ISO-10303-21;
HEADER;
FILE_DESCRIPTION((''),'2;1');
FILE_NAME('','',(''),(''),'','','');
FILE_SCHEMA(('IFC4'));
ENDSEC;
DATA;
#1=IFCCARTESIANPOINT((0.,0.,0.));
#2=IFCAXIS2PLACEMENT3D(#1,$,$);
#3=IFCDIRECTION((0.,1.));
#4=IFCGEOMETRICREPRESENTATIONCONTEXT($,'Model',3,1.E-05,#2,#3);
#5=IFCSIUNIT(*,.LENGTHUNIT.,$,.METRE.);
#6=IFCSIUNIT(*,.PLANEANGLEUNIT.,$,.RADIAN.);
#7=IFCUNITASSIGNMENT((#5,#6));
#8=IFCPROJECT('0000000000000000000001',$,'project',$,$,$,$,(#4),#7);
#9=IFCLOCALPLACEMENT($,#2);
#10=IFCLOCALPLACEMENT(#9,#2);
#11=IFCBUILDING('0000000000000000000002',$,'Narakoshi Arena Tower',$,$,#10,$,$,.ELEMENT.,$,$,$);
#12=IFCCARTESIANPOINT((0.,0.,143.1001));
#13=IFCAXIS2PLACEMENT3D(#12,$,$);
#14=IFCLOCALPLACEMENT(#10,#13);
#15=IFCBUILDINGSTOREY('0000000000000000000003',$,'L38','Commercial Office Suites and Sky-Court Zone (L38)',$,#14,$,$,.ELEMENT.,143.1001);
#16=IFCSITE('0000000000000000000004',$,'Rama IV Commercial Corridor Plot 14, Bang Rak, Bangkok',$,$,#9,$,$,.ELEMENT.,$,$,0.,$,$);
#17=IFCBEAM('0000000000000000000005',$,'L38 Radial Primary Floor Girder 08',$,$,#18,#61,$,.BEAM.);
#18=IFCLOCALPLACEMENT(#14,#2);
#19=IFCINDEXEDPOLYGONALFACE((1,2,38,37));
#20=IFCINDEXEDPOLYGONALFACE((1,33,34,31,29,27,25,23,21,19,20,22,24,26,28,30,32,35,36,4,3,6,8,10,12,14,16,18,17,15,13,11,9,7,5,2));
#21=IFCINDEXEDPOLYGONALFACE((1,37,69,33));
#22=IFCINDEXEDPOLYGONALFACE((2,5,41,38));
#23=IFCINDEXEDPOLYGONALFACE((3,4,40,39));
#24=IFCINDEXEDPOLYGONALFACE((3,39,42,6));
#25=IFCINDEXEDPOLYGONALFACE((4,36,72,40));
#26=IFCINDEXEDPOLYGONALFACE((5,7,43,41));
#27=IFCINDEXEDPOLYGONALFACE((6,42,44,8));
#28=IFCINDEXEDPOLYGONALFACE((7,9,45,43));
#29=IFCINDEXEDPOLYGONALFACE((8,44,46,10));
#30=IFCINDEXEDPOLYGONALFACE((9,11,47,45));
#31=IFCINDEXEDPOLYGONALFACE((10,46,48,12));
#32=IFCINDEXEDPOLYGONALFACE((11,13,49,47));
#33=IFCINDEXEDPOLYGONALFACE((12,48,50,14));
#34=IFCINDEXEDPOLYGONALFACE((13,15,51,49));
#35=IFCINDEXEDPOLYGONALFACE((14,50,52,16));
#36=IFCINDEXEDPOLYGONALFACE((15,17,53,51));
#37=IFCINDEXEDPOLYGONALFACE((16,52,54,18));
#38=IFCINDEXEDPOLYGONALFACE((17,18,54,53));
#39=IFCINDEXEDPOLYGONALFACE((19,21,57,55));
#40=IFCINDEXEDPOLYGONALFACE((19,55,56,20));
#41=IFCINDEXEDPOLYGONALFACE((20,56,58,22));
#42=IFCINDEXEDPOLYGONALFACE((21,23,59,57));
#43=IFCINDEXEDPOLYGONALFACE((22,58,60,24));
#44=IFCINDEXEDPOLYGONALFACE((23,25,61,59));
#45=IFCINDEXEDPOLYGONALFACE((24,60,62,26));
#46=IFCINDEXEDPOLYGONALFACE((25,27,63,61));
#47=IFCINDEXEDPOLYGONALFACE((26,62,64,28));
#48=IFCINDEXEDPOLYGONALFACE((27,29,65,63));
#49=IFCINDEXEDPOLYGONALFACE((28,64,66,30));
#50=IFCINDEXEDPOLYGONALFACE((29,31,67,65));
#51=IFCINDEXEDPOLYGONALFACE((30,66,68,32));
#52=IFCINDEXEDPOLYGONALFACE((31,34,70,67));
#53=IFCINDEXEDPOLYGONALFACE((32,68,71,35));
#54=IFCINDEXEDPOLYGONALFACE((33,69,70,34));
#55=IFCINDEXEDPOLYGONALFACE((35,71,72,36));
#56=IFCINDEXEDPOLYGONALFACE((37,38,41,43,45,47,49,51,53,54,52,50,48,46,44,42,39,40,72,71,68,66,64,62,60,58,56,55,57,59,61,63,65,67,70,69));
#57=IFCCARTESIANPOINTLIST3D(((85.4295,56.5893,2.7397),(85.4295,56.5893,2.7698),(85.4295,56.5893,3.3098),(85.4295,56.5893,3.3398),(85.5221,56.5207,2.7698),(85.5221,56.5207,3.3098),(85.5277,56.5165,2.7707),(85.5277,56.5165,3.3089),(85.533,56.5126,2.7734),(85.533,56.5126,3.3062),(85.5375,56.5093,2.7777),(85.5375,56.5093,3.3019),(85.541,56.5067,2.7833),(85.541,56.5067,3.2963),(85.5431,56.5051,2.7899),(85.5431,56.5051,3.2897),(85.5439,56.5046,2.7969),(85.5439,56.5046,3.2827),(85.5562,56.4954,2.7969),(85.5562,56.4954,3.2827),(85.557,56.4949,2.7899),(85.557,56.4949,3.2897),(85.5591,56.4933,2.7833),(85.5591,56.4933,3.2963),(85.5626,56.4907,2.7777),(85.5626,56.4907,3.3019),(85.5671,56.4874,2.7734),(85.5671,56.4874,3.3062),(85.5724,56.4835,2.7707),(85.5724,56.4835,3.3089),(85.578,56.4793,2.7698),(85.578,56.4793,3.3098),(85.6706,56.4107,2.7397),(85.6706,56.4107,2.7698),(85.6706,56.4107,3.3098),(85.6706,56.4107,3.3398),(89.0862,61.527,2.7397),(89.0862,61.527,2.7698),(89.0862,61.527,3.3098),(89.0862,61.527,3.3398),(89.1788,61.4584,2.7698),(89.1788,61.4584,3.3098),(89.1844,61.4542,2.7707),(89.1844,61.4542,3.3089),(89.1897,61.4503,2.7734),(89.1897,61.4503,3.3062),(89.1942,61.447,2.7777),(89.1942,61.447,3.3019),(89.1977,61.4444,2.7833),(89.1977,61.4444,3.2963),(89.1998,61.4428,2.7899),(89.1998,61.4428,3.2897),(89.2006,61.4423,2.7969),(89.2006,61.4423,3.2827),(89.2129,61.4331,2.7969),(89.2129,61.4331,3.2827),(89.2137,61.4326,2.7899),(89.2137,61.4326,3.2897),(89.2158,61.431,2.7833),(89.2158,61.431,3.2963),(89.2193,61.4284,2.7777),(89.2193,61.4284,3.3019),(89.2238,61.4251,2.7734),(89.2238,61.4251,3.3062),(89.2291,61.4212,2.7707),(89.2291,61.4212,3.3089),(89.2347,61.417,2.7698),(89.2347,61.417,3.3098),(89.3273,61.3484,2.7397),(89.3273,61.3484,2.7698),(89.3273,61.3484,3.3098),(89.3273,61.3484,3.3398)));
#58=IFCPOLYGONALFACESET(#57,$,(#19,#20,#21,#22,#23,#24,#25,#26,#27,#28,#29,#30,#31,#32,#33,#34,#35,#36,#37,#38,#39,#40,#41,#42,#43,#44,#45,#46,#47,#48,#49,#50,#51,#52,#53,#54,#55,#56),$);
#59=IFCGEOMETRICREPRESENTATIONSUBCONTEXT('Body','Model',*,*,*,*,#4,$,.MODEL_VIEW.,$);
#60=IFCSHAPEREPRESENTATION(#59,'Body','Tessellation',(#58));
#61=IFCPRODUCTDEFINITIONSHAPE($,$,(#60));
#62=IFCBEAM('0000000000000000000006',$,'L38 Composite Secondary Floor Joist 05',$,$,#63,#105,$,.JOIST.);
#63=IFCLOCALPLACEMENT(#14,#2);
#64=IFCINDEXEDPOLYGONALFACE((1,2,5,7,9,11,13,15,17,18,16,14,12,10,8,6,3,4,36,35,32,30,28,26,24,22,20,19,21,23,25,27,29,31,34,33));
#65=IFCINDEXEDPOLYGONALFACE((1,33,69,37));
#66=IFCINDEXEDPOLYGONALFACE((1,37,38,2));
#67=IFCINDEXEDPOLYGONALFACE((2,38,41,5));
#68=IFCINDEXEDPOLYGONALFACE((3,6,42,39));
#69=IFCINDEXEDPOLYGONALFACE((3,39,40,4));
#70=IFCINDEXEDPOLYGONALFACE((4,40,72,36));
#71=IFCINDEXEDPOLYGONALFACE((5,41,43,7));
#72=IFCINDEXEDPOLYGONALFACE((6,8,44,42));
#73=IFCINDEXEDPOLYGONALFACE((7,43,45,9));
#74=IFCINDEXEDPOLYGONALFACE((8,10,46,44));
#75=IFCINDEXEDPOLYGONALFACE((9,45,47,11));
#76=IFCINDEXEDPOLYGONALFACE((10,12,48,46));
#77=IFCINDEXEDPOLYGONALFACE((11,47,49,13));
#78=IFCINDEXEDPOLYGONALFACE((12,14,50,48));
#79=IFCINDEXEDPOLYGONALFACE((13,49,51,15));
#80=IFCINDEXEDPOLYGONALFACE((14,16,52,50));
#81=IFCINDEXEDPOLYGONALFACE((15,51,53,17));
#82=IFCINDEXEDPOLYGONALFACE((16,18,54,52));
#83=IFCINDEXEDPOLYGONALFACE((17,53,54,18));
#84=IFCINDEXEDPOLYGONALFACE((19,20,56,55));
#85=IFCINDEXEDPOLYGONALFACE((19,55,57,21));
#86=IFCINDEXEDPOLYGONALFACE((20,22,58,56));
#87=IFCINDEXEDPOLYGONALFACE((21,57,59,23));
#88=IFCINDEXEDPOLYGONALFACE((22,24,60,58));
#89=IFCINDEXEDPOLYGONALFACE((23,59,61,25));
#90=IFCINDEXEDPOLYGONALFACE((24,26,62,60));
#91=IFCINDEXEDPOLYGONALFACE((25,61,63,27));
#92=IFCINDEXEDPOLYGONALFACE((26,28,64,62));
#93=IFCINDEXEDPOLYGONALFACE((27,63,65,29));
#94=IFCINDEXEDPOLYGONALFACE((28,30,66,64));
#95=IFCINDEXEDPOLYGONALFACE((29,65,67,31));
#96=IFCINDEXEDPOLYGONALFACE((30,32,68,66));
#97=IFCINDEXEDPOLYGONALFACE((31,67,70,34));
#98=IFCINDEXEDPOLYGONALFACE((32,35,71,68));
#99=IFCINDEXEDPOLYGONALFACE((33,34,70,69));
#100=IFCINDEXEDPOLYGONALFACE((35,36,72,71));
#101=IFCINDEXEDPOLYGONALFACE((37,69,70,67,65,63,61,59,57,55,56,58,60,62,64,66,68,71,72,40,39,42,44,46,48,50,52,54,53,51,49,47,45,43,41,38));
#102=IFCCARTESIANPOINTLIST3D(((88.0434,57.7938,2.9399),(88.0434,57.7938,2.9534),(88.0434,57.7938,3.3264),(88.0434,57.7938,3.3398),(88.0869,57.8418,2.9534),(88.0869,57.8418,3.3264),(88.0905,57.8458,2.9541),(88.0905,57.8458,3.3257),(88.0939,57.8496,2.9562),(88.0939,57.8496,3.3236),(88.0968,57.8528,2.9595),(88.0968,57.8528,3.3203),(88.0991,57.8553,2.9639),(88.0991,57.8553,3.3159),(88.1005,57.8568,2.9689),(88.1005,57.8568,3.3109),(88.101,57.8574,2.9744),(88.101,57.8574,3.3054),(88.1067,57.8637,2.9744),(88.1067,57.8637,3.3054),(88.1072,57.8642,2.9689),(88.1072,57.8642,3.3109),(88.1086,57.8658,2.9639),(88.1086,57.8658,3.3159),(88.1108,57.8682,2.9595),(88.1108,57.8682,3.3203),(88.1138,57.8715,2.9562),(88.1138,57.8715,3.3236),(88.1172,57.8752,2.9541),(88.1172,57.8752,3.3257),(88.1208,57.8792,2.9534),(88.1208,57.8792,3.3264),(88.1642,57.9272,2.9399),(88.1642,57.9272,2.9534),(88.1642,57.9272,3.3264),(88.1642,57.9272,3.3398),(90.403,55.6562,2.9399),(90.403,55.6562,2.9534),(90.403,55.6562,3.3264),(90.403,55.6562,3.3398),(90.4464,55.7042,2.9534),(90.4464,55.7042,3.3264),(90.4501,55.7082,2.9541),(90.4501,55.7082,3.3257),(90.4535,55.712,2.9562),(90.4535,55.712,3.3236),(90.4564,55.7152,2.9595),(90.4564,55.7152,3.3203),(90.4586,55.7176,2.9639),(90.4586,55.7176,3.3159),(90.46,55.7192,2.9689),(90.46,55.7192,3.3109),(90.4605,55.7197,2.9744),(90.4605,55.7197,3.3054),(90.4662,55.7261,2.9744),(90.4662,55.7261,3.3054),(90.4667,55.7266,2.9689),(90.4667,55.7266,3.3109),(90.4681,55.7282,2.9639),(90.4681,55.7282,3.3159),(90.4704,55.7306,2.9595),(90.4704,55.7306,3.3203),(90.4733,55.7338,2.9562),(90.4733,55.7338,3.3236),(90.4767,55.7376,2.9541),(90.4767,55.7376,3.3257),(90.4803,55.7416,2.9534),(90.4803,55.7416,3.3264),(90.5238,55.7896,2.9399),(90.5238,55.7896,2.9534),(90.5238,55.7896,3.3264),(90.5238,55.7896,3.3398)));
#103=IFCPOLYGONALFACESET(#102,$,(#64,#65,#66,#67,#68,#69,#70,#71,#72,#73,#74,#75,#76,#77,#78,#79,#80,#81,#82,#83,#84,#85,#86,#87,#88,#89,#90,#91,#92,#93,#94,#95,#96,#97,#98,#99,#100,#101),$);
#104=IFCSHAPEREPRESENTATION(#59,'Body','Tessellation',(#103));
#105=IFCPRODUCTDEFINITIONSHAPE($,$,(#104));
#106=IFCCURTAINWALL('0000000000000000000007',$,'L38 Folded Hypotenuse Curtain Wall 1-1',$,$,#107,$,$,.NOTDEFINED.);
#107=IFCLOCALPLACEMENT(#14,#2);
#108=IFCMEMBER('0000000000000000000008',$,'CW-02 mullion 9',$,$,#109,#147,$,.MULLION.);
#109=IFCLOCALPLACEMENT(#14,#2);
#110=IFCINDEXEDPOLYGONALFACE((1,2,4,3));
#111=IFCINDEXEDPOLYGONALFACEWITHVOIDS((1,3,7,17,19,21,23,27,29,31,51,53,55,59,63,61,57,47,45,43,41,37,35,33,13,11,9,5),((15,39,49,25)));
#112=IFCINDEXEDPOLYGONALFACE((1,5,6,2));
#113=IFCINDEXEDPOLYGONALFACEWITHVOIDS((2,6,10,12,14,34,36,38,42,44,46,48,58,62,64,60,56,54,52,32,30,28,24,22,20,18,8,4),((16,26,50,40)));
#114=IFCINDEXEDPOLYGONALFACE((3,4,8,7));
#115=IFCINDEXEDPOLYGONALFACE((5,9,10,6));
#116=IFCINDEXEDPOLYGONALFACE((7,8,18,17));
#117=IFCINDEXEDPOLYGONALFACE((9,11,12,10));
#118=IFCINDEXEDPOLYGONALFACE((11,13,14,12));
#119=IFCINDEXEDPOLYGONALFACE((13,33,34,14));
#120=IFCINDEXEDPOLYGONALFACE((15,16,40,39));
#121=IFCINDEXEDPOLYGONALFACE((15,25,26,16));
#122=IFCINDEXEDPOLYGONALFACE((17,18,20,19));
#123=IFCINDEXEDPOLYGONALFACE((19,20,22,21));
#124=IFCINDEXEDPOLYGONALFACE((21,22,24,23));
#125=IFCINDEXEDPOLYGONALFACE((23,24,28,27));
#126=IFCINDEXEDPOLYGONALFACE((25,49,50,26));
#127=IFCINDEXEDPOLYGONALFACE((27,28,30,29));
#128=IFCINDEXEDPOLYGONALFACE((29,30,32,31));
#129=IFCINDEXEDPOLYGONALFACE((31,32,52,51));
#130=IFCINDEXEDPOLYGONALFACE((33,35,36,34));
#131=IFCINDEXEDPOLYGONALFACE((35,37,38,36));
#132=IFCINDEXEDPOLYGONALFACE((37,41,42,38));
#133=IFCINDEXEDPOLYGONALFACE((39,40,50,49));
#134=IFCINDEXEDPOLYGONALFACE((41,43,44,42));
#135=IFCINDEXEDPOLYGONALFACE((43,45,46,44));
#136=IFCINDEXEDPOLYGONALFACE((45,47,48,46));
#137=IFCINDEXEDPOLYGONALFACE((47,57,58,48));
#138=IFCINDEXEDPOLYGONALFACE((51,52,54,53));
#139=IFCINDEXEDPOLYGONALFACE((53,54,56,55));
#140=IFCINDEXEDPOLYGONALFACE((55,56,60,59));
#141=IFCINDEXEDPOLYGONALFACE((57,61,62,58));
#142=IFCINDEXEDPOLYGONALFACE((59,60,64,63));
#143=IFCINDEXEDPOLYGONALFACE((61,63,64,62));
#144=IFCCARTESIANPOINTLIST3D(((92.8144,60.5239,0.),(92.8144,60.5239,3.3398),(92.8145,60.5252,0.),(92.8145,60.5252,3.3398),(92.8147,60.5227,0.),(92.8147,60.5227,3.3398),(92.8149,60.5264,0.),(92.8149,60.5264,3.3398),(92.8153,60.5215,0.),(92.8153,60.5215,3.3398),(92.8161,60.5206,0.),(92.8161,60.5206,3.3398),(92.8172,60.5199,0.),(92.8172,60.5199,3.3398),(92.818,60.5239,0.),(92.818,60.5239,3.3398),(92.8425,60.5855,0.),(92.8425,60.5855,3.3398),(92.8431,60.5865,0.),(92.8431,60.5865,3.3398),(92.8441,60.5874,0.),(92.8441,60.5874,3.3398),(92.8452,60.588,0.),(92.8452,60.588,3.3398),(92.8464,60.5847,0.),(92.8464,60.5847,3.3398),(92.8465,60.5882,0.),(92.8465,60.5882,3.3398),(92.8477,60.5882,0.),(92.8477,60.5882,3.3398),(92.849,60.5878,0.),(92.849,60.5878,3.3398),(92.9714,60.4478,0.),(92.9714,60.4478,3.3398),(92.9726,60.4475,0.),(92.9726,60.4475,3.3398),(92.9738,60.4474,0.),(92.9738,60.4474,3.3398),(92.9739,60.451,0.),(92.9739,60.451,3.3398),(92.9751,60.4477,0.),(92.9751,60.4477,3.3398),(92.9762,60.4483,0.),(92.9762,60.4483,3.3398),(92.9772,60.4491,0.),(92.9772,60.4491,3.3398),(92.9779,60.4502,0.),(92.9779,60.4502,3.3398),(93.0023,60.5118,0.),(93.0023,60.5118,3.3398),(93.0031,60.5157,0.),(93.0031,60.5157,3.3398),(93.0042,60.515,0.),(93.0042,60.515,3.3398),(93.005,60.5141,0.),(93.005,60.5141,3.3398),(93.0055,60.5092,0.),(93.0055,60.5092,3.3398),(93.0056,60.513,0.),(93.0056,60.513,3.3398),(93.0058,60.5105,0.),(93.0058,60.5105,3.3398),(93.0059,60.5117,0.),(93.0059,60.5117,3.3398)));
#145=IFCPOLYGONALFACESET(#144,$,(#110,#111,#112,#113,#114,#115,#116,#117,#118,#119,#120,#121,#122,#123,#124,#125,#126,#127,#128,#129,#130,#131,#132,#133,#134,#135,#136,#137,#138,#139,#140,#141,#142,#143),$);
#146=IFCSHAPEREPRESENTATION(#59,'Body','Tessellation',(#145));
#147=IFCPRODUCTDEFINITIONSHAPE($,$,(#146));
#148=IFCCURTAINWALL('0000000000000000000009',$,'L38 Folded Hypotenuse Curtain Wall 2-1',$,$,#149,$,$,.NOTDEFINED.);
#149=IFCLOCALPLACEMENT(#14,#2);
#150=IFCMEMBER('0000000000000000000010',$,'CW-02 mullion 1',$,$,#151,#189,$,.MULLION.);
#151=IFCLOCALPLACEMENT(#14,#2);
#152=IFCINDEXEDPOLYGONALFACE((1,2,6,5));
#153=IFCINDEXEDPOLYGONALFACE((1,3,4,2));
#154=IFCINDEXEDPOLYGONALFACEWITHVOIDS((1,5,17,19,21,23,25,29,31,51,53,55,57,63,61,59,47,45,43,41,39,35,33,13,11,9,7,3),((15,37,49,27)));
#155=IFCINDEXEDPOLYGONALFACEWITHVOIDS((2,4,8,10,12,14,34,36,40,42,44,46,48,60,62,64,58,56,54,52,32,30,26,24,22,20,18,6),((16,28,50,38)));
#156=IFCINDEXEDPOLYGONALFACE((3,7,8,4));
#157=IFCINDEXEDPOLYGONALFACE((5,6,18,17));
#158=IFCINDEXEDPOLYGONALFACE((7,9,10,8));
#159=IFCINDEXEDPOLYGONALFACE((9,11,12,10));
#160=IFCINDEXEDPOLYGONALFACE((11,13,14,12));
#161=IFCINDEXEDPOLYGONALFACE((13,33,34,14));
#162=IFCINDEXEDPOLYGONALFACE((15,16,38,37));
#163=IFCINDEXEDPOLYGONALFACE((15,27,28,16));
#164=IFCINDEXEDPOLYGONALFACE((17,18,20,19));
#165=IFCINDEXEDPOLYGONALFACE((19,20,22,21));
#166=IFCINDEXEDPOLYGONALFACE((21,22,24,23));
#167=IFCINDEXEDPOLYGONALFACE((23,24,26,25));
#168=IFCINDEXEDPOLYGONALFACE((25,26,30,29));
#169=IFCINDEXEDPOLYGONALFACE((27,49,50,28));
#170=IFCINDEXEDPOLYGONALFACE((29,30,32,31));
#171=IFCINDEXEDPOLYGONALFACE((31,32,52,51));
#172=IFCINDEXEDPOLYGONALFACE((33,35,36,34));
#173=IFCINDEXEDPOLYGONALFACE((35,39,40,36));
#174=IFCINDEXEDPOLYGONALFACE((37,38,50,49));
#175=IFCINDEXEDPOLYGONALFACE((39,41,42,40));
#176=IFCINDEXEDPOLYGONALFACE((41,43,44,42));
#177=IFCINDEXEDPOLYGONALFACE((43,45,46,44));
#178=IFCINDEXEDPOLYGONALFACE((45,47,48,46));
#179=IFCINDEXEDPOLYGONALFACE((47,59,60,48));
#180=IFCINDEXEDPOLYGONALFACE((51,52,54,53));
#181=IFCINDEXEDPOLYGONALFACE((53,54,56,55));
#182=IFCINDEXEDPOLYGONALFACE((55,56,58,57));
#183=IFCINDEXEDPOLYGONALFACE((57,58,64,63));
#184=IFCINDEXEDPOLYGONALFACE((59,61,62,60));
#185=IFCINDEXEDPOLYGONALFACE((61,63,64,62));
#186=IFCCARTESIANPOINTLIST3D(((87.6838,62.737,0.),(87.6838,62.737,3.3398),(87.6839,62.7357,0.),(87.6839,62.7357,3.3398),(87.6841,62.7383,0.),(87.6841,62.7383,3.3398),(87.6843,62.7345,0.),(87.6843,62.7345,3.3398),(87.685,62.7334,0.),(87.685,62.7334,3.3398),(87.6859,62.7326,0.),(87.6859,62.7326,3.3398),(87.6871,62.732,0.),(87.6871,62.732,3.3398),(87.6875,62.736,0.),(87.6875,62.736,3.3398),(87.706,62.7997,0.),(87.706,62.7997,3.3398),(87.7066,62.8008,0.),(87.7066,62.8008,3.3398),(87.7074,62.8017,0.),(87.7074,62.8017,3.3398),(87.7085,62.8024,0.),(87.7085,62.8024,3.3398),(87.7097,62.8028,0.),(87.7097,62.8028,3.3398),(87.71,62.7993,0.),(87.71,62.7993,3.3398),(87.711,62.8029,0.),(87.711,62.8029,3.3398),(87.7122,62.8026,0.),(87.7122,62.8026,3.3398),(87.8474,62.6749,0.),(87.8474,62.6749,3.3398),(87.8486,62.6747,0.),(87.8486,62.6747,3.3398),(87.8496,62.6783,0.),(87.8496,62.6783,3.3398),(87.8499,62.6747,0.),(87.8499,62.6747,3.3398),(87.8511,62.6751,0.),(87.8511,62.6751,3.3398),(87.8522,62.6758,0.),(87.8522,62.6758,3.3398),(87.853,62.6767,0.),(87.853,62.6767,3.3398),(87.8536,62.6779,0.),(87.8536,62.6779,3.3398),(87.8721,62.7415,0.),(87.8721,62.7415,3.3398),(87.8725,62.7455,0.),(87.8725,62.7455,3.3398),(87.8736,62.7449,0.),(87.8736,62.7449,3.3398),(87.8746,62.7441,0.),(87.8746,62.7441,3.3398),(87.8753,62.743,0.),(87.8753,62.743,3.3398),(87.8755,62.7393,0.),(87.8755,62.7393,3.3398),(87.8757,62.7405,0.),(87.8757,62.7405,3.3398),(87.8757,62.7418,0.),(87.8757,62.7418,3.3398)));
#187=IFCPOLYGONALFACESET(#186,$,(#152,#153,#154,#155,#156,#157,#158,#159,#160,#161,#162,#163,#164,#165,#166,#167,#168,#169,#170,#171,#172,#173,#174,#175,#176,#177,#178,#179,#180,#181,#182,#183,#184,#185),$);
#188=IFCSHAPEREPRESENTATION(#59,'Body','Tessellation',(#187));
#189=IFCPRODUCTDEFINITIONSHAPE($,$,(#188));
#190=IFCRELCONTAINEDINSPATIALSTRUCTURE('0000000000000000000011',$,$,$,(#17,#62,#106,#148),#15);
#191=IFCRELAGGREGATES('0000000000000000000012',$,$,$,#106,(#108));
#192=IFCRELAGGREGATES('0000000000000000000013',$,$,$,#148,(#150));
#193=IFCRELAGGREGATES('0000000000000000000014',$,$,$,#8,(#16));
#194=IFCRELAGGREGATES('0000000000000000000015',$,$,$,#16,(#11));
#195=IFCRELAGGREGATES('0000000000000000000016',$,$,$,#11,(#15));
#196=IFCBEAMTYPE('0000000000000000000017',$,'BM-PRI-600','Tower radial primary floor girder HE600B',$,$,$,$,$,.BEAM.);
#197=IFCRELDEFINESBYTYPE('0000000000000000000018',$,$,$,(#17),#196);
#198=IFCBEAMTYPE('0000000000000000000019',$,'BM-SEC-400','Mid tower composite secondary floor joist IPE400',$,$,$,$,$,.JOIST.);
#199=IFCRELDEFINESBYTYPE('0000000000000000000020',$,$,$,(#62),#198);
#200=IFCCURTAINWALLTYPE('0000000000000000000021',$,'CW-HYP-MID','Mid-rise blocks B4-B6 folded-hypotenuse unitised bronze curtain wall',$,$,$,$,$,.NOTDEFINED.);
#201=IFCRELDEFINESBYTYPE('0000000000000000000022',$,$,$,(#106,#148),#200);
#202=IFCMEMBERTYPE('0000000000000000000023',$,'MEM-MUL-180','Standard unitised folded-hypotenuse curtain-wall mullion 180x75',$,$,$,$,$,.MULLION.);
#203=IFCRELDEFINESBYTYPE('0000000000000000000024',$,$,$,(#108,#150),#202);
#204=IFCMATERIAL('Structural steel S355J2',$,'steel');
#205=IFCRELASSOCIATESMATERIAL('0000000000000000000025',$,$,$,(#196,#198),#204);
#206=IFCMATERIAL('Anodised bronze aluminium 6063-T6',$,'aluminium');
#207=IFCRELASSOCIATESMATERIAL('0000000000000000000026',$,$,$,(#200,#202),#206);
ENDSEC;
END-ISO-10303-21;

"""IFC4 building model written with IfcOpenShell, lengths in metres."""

from ifc_helpers import new_model, si_unit, direction, frame, origin, origin_2d, place, context, subcontext, project, spatial, hollow_rectangle, i_section, extrude, material, material_profile, profile_set, type_object, element, aggregate, save


model = new_model("IFC4")

# Units and contexts
model_context = context("Model", 3, precision=1e-05, world=origin(), true_north=direction((0.0, 1.0)))
body_context = subcontext(model_context, "Body", "Model", "MODEL_VIEW")
ifc_project = project(units=[si_unit("LENGTHUNIT", "METRE"), si_unit("PLANEANGLEUNIT", "RADIAN")], contexts=[model_context])

# Site, building, storey
site_placement = place(None, origin())
site = spatial("IfcSite", under=ifc_project, at=site_placement, Name="Rama IV Commercial Corridor Plot 14, Bang Rak, Bangkok", CompositionType="ELEMENT", RefElevation=0.0)
building_placement = place(site_placement, origin())
building = spatial("IfcBuilding", under=site, at=building_placement, Name="Narakoshi Arena Tower", CompositionType="ELEMENT")
storey_placement = place(building_placement, frame((0.0, 0.0, 143.1001)))
storey = spatial("IfcBuildingStorey", under=building, at=storey_placement, Name="L38", Description="Commercial Office Suites and Sky-Court Zone (L38)", CompositionType="ELEMENT", Elevation=143.1001)

# Beams
ifc_material_1 = material(Name="Structural steel S355J2", Category="steel")
ifc_material_profile_1 = material_profile(ifc_material_1, i_section(OverallWidth=0.3, OverallDepth=0.6001, WebThickness=0.0154, FlangeThickness=0.03, FilletRadius=0.0271, at=origin_2d()), Name="HE600B")
ifc_profile_set_1 = profile_set([ifc_material_profile_1], Name="Structural steel S355J2")
beam_type_1 = type_object("IfcBeamType", Name="BM-PRI-600", Description="Tower radial primary floor girder HE600B", PredefinedType="BEAM", material=ifc_profile_set_1)
beam_1_placement = place(storey_placement, frame((85.55, 56.5, 3.0398), z_axis=(0.595138, 0.803623, 0.0), x_axis=(-0.803623, 0.595138, 0.0)))
element("IfcBeam", 1, at=beam_1_placement, inside=storey, type_object=beam_type_1, Name="L38 Radial Primary Floor Girder 08", PredefinedType="BEAM", context=body_context, shape_type="SweptSolid", body=[
    extrude(i_section(OverallWidth=0.3, OverallDepth=0.6001, WebThickness=0.0154, FlangeThickness=0.03, FilletRadius=0.0271, at=origin_2d()), origin(), (0.0, 0.0, 1.0), 6.1443),
])
ifc_material_profile_2 = material_profile(ifc_material_1, i_section(OverallWidth=0.1799, OverallDepth=0.3999, WebThickness=0.0085, FlangeThickness=0.0134, FilletRadius=0.021, at=origin_2d()), Name="IPE400")
ifc_profile_set_2 = profile_set([ifc_material_profile_2], Name="Structural steel S355J2")
beam_type_2 = type_object("IfcBeamType", Name="BM-SEC-400", Description="Mid tower composite secondary floor joist IPE400", PredefinedType="JOIST", material=ifc_profile_set_2)
beam_2_placement = place(storey_placement, frame((90.4634, 55.7229, 3.1399), z_axis=(-0.741098, 0.671397, 0.0), x_axis=(-0.671397, -0.741098, 0.0)))
element("IfcBeam", 2, at=beam_2_placement, inside=storey, type_object=beam_type_2, Name="L38 Composite Secondary Floor Joist 05", PredefinedType="JOIST", context=body_context, shape_type="SweptSolid", body=[
    extrude(i_section(OverallWidth=0.1799, OverallDepth=0.3999, WebThickness=0.0085, FlangeThickness=0.0134, FilletRadius=0.021, at=origin_2d()), origin(), (0.0, 0.0, 1.0), 3.1838),
])

# Curtain wall, member
ifc_material_2 = material(Name="Anodised bronze aluminium 6063-T6", Category="aluminium")
curtain_wall_type = type_object("IfcCurtainWallType", Name="CW-HYP-MID", Description="Mid-rise blocks B4-B6 folded-hypotenuse unitised bronze curtain wall", PredefinedType="NOTDEFINED", material=ifc_material_2)
curtain_wall_1_placement = place(storey_placement, origin())
curtain_wall_1 = element("IfcCurtainWall", 3, at=curtain_wall_1_placement, inside=storey, type_object=curtain_wall_type, Name="L38 Folded Hypotenuse Curtain Wall 1-1", PredefinedType="NOTDEFINED")
ifc_material_profile_3 = material_profile(ifc_material_2, hollow_rectangle(XDim=0.075, YDim=0.1799, WallThickness=0.0039, OuterFilletRadius=0.0049, at=origin_2d()), Name="MUL180x75x4")
ifc_profile_set_3 = profile_set([ifc_material_profile_3], Name="Anodised bronze aluminium 6063-T6")
member_type_1 = type_object("IfcMemberType", Name="MEM-MUL-180", Description="Standard unitised folded-hypotenuse curtain-wall mullion 180x75", PredefinedType="MULLION", material=ifc_profile_set_3)
member_1_placement = place(storey_placement, frame((92.9102, 60.5178, 0.0), z_axis=(0.0, 0.0, 1.0), x_axis=(-0.423532, -0.905881, 0.0)))
member_1 = element("IfcMember", 4, at=member_1_placement, type_object=member_type_1, Name="CW-02 mullion 9", PredefinedType="MULLION", context=body_context, shape_type="SweptSolid", body=[
    extrude(hollow_rectangle(XDim=0.075, YDim=0.1799, WallThickness=0.0039, OuterFilletRadius=0.0049, at=origin_2d()), origin(), (0.0, 0.0, 1.0), 3.3398),
])
aggregate(curtain_wall_1, [member_1])

# Curtain wall, member
curtain_wall_2_placement = place(storey_placement, origin())
curtain_wall_2 = element("IfcCurtainWall", 5, at=curtain_wall_2_placement, inside=storey, type_object=curtain_wall_type, Name="L38 Folded Hypotenuse Curtain Wall 2-1", PredefinedType="NOTDEFINED")
member_2_placement = place(storey_placement, frame((87.7798, 62.7388, 0.0), z_axis=(0.0, 0.0, 1.0), x_axis=(-0.335518, -0.942034, 0.0)))
member_2 = element("IfcMember", 6, at=member_2_placement, type_object=member_type_1, Name="CW-02 mullion 1", PredefinedType="MULLION", context=body_context, shape_type="SweptSolid", body=[
    extrude(hollow_rectangle(XDim=0.075, YDim=0.1799, WallThickness=0.0039, OuterFilletRadius=0.0049, at=origin_2d()), origin(), (0.0, 0.0, 1.0), 3.3398),
])
aggregate(curtain_wall_2, [member_2])

save(model, "model.ifc")
